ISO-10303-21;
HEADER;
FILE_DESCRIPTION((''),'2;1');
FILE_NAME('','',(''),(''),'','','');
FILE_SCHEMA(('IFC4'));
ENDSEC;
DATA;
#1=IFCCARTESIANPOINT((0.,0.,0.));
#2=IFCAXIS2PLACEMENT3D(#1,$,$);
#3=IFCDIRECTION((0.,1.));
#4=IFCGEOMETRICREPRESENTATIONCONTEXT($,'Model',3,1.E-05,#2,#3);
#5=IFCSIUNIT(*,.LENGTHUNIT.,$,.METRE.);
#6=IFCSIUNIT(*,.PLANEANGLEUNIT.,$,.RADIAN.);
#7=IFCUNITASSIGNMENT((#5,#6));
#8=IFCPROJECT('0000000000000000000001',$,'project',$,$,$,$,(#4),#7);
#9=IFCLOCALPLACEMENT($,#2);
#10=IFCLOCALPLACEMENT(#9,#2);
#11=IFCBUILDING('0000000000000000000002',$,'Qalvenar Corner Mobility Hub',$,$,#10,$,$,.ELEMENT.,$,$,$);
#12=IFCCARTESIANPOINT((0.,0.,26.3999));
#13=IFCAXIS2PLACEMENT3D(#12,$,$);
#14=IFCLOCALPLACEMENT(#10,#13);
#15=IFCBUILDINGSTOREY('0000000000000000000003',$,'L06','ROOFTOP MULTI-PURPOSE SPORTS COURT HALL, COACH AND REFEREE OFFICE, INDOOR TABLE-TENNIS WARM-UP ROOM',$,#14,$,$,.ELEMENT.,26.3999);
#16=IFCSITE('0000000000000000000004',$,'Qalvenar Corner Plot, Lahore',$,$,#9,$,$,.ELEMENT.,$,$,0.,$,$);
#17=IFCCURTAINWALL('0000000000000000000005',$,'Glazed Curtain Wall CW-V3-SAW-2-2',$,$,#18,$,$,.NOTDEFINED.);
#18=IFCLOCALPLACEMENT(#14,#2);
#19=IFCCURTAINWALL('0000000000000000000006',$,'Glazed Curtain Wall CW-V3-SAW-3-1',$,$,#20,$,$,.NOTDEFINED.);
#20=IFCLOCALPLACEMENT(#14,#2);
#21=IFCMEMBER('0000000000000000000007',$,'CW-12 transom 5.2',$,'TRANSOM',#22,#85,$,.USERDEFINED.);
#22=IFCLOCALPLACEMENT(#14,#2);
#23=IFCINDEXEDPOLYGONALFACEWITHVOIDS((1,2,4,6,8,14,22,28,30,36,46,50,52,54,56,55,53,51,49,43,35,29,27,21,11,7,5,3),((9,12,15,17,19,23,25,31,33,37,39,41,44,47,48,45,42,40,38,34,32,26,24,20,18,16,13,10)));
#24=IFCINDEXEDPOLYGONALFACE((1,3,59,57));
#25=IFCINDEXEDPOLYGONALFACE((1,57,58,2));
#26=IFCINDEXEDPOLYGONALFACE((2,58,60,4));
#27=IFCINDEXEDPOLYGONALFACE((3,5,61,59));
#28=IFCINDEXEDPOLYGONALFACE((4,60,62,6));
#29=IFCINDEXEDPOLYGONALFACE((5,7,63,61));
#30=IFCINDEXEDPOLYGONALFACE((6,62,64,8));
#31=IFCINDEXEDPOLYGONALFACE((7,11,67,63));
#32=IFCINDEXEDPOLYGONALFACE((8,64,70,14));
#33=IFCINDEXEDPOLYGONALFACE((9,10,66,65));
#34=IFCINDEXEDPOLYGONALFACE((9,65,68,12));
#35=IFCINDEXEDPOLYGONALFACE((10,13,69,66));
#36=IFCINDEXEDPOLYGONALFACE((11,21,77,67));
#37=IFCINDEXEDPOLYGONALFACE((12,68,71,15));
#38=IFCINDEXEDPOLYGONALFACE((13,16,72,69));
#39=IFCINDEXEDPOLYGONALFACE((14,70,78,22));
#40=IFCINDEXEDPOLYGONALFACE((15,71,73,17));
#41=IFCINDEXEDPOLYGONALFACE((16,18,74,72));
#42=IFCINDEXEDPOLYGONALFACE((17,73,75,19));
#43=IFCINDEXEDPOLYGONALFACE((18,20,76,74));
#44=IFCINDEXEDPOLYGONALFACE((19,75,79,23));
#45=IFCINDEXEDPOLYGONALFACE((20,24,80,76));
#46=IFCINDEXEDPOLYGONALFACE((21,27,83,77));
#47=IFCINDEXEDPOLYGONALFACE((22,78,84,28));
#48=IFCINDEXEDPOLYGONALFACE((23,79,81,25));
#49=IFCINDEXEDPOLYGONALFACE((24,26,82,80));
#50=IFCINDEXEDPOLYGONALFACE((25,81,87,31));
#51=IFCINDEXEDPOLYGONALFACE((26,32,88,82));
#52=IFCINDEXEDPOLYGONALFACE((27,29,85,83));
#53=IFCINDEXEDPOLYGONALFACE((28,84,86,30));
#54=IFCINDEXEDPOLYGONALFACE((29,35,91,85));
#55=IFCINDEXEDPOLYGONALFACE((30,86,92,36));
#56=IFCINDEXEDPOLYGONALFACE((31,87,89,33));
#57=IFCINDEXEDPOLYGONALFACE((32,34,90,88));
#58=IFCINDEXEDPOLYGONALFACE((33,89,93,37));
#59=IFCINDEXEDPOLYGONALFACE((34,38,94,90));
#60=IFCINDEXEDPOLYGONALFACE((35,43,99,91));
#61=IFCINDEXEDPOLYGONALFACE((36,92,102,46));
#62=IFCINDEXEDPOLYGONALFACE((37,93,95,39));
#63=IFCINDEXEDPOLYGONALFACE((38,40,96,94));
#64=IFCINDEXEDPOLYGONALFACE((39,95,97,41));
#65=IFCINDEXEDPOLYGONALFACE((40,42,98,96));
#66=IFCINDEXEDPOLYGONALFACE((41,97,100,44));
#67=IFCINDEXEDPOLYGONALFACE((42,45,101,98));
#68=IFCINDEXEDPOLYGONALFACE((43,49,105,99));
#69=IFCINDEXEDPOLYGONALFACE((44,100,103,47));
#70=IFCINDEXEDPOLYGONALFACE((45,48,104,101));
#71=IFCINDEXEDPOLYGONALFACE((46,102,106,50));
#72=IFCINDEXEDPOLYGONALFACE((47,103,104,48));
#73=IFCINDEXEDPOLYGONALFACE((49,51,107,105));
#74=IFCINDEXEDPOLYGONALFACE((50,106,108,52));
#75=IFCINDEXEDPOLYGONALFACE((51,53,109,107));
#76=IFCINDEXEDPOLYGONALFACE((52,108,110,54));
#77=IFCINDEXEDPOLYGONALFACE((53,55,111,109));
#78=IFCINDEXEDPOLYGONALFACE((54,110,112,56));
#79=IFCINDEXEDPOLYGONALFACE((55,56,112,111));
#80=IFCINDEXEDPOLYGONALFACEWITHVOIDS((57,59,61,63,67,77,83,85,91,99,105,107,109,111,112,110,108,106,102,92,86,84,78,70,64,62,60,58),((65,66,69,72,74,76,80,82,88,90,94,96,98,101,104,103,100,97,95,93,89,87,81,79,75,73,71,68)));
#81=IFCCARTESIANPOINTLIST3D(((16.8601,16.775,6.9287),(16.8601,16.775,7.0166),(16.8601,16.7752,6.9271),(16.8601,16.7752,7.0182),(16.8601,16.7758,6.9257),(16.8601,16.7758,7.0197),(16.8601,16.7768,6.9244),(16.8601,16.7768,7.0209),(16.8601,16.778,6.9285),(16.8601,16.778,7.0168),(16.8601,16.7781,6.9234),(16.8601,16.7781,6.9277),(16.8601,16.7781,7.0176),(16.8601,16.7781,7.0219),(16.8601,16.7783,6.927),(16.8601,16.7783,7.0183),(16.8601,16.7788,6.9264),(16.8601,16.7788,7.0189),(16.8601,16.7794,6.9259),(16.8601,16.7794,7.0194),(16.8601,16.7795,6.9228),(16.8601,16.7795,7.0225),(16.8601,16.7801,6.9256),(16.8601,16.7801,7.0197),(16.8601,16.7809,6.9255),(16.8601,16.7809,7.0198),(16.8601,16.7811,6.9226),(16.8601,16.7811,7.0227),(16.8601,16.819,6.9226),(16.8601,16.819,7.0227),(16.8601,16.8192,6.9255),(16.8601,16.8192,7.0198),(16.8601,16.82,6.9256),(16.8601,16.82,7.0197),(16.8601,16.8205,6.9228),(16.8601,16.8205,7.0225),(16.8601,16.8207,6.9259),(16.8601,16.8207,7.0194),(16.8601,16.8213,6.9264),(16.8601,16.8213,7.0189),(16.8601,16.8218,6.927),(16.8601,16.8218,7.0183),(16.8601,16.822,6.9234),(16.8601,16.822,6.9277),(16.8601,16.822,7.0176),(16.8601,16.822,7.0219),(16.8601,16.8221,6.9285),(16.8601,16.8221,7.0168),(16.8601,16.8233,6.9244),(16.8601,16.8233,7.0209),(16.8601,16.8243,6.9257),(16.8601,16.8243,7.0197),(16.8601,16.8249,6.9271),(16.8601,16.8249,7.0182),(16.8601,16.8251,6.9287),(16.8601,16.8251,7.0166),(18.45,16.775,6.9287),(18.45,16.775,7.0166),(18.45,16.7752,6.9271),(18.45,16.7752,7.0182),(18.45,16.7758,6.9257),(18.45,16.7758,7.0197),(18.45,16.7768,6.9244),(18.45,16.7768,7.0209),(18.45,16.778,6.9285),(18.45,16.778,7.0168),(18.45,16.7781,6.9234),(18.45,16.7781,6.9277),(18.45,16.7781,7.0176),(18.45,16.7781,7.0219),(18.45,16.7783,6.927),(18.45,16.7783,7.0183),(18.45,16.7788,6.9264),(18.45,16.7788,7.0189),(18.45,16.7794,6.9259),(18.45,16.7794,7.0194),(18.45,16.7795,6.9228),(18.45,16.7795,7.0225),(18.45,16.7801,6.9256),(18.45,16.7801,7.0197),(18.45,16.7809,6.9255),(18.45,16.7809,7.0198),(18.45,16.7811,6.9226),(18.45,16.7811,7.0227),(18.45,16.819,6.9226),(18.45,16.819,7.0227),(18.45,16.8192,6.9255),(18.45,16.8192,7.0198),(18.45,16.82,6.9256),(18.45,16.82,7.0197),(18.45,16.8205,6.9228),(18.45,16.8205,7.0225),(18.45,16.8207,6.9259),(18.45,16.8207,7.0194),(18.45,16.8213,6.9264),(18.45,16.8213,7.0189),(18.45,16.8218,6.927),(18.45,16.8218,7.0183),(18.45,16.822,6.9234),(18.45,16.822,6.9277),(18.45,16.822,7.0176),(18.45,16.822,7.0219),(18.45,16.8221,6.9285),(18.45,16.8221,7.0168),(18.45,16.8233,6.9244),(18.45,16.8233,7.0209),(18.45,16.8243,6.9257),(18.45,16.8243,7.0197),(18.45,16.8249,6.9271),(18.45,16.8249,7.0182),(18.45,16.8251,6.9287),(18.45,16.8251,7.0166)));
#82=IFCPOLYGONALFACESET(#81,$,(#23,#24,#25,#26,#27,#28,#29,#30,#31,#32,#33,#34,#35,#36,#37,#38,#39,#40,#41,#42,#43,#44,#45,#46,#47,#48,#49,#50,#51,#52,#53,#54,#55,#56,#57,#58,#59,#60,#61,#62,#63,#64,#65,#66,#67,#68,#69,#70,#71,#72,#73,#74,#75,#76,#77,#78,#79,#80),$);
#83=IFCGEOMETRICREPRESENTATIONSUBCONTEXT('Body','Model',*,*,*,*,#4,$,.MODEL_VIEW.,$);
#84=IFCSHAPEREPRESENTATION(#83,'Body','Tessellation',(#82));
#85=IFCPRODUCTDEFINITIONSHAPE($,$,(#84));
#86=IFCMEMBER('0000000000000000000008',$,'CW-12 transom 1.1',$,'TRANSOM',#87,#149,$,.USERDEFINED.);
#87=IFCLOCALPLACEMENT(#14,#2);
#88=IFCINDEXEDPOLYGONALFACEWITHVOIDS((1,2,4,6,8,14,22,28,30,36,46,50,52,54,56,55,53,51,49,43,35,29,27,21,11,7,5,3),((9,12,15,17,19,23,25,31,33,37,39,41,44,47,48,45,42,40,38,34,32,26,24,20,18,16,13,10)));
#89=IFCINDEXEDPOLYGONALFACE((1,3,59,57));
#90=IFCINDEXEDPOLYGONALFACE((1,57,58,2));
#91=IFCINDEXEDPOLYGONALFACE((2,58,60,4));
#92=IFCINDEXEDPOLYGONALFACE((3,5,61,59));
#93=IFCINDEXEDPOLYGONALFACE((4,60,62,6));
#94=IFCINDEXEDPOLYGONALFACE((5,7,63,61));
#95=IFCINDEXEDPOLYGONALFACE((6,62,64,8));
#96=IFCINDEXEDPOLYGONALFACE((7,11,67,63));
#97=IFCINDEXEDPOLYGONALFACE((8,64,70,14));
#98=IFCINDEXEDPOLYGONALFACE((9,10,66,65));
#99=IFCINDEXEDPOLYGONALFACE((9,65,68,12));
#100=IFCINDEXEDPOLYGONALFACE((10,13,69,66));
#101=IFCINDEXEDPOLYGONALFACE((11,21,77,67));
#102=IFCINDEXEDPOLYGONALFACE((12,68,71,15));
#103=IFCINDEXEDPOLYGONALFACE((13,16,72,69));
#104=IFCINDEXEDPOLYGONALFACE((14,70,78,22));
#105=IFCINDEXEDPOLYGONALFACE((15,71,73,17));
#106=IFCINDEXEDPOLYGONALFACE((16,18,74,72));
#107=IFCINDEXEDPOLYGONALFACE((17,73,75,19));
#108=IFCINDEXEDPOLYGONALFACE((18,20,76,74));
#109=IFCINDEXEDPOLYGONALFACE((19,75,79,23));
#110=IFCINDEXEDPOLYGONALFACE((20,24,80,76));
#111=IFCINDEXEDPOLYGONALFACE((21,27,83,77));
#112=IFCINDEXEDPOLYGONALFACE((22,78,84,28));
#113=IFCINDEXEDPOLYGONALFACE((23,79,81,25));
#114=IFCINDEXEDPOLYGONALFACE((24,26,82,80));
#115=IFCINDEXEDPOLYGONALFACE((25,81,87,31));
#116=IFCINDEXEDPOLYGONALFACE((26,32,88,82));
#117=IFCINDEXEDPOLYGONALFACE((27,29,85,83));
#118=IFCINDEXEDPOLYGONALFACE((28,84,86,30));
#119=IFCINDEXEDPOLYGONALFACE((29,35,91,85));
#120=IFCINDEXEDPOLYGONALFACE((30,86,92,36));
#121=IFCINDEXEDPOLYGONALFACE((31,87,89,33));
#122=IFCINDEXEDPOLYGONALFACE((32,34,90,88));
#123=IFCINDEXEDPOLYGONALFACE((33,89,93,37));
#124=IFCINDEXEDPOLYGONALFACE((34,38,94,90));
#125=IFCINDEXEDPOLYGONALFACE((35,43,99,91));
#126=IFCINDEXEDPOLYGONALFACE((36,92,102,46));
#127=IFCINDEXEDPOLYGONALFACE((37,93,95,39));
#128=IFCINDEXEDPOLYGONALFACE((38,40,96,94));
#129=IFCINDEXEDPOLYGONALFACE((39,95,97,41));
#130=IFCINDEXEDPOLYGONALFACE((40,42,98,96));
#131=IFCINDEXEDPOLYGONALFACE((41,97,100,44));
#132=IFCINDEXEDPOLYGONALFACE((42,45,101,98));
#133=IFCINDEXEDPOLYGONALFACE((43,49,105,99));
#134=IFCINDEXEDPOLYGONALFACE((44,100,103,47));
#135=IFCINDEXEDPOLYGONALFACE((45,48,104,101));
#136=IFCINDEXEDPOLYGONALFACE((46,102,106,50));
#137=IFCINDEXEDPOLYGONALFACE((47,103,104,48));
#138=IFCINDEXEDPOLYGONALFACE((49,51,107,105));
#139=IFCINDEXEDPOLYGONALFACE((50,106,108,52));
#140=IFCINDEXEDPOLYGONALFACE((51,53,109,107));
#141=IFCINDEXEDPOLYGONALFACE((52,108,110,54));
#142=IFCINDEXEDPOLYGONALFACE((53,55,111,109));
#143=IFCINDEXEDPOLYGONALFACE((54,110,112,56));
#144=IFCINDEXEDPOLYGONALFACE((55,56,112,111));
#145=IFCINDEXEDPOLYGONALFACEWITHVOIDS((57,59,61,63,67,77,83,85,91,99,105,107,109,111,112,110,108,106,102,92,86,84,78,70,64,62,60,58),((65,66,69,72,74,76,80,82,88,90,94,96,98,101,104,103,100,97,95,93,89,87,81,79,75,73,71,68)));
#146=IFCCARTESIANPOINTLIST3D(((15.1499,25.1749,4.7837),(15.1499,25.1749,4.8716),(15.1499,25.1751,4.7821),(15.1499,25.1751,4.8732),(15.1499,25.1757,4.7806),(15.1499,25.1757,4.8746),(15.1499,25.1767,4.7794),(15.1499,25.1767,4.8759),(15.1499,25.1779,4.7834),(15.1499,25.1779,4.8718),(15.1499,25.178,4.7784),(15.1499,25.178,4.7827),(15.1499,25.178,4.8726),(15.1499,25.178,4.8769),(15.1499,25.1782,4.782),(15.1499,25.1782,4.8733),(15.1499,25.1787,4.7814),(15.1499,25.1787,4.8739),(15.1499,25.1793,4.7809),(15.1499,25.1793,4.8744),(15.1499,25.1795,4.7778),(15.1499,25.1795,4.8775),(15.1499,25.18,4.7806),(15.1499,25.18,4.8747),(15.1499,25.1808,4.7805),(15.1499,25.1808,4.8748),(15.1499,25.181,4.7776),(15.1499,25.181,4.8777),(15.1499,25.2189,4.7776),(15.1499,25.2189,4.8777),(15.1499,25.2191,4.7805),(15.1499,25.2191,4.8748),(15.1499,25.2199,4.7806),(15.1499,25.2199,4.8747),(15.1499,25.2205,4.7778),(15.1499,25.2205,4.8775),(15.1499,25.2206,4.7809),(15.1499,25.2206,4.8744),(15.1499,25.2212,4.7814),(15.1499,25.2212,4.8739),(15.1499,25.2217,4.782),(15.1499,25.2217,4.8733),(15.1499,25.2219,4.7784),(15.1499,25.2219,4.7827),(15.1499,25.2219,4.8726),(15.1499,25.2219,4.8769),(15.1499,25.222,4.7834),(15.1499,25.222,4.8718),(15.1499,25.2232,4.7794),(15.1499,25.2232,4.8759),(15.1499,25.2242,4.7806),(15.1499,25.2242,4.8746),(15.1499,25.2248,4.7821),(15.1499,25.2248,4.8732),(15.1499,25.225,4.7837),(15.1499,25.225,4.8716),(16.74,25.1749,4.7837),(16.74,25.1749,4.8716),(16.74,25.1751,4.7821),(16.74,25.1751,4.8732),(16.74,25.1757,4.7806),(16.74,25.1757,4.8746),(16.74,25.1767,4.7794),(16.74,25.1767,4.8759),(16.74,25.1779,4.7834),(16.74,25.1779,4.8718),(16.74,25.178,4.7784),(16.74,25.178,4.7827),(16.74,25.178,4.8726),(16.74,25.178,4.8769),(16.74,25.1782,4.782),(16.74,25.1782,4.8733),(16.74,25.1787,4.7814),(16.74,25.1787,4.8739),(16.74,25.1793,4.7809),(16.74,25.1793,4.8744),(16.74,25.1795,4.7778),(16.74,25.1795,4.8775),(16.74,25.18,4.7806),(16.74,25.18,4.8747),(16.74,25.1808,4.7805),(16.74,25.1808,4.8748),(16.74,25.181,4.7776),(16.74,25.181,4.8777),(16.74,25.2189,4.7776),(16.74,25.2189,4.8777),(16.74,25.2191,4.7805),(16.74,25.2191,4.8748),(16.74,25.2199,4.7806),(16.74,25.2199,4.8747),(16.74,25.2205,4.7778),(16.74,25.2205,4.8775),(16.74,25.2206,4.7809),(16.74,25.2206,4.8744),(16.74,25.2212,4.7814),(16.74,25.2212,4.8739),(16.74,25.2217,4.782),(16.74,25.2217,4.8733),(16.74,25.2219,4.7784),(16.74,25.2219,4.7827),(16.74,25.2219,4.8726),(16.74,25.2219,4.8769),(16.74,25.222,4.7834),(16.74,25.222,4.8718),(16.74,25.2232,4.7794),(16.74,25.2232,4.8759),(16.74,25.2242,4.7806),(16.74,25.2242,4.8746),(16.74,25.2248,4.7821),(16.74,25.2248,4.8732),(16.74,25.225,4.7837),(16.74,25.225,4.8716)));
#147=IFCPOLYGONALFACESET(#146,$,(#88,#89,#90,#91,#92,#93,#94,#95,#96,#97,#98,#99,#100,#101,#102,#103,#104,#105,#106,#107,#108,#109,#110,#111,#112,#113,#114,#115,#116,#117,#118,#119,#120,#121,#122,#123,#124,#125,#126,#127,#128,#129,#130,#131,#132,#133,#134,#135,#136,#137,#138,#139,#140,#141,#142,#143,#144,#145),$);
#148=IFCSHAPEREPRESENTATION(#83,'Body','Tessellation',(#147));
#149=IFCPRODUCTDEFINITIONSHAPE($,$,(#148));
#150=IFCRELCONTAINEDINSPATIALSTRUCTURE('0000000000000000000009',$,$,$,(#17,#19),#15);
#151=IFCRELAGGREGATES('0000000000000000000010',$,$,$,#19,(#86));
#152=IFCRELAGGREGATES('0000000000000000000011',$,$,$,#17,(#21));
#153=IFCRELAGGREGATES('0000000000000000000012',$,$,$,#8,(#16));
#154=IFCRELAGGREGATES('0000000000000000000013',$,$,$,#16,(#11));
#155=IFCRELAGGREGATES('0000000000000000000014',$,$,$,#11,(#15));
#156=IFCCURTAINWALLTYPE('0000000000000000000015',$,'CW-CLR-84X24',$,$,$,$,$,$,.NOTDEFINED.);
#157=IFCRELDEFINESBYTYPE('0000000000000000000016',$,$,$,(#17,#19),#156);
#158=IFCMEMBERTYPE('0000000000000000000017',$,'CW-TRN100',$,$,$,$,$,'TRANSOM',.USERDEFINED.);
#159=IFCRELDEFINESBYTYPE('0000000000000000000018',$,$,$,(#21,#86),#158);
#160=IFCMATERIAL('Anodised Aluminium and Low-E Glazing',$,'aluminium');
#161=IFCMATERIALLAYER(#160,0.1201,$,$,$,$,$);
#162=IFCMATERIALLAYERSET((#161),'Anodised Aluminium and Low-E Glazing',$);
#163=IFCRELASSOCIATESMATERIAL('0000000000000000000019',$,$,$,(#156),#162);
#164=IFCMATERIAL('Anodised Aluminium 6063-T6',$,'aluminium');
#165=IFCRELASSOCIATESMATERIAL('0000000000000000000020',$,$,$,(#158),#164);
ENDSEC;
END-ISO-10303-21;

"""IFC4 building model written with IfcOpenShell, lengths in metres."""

from ifc_helpers import new_model, si_unit, direction, frame, origin, origin_2d, place, context, subcontext, project, spatial, hollow_rectangle, extrude, material, layer, layer_set, material_profile, profile_set, type_object, element, aggregate, save


model = new_model("IFC4")

# Units and contexts
model_context = context("Model", 3, precision=1e-05, world=origin(), true_north=direction((0.0, 1.0)))
body_context = subcontext(model_context, "Body", "Model", "MODEL_VIEW")
ifc_project = project(units=[si_unit("LENGTHUNIT", "METRE"), si_unit("PLANEANGLEUNIT", "RADIAN")], contexts=[model_context])

# Site, building, storey
site_placement = place(None, origin())
site = spatial("IfcSite", under=ifc_project, at=site_placement, Name="Qalvenar Corner Plot, Lahore", CompositionType="ELEMENT", RefElevation=0.0)
building_placement = place(site_placement, origin())
building = spatial("IfcBuilding", under=site, at=building_placement, Name="Qalvenar Corner Mobility Hub", CompositionType="ELEMENT")
storey_placement = place(building_placement, frame((0.0, 0.0, 26.3999)))
storey = spatial("IfcBuildingStorey", under=building, at=storey_placement, Name="L06", Description="ROOFTOP MULTI-PURPOSE SPORTS COURT HALL, COACH AND REFEREE OFFICE, INDOOR TABLE-TENNIS WARM-UP ROOM", CompositionType="ELEMENT", Elevation=26.3999)

# Curtain walls
ifc_material_1 = material(Name="Anodised Aluminium and Low-E Glazing", Category="aluminium")
ifc_layer_1 = layer(ifc_material_1, 0.1201)
ifc_layer_set_1 = layer_set([ifc_layer_1], Name="Anodised Aluminium and Low-E Glazing")
curtain_wall_type = type_object("IfcCurtainWallType", Name="CW-CLR-84X24", PredefinedType="NOTDEFINED", material=ifc_layer_set_1)
curtain_wall_1_placement = place(storey_placement, origin())
curtain_wall_1 = element("IfcCurtainWall", 1, at=curtain_wall_1_placement, inside=storey, type_object=curtain_wall_type, Name="Glazed Curtain Wall CW-V3-SAW-2-2", PredefinedType="NOTDEFINED")
ifc_material_2 = material(Name="Anodised Aluminium 6063-T6", Category="aluminium")
curtain_wall_2_placement = place(storey_placement, origin())
curtain_wall_2 = element("IfcCurtainWall", 2, at=curtain_wall_2_placement, inside=storey, type_object=curtain_wall_type, Name="Glazed Curtain Wall CW-V3-SAW-3-1", PredefinedType="NOTDEFINED")

# Members
ifc_material_profile_1 = material_profile(ifc_material_2, hollow_rectangle(XDim=0.05, YDim=0.1001, WallThickness=0.0029, InnerFilletRadius=0.0029, OuterFilletRadius=0.0061, at=origin_2d()), Name="RHS100x50x3")
ifc_profile_set_1 = profile_set([ifc_material_profile_1], Name="Anodised Aluminium 6063-T6")
member_type_1 = type_object("IfcMemberType", Name="CW-TRN100", ElementType="TRANSOM", PredefinedType="USERDEFINED", material=ifc_profile_set_1)
member_1_placement = place(storey_placement, frame((18.45, 16.8, 6.9727), z_axis=(-1.0, 0.0, 0.0), x_axis=(0.0, -1.0, 0.0)))
member_1 = element("IfcMember", 3, at=member_1_placement, type_object=member_type_1, Name="CW-12 transom 5.2", ObjectType="TRANSOM", PredefinedType="USERDEFINED", context=body_context, shape_type="SweptSolid", body=[
    extrude(hollow_rectangle(XDim=0.05, YDim=0.1001, WallThickness=0.0029, InnerFilletRadius=0.0029, OuterFilletRadius=0.0061, at=origin_2d()), origin(), (0.0, 0.0, 1.0), 1.5898),
])
member_2_placement = place(storey_placement, frame((16.74, 25.2, 4.8276), z_axis=(-1.0, 0.0, 0.0), x_axis=(0.0, -1.0, 0.0)))
member_2 = element("IfcMember", 4, at=member_2_placement, type_object=member_type_1, Name="CW-12 transom 1.1", ObjectType="TRANSOM", PredefinedType="USERDEFINED", context=body_context, shape_type="SweptSolid", body=[
    extrude(hollow_rectangle(XDim=0.05, YDim=0.1001, WallThickness=0.0029, InnerFilletRadius=0.0029, OuterFilletRadius=0.0061, at=origin_2d()), origin(), (0.0, 0.0, 1.0), 1.5901),
])

aggregate(curtain_wall_2, [member_2])
aggregate(curtain_wall_1, [member_1])

save(model, "model.ifc")
